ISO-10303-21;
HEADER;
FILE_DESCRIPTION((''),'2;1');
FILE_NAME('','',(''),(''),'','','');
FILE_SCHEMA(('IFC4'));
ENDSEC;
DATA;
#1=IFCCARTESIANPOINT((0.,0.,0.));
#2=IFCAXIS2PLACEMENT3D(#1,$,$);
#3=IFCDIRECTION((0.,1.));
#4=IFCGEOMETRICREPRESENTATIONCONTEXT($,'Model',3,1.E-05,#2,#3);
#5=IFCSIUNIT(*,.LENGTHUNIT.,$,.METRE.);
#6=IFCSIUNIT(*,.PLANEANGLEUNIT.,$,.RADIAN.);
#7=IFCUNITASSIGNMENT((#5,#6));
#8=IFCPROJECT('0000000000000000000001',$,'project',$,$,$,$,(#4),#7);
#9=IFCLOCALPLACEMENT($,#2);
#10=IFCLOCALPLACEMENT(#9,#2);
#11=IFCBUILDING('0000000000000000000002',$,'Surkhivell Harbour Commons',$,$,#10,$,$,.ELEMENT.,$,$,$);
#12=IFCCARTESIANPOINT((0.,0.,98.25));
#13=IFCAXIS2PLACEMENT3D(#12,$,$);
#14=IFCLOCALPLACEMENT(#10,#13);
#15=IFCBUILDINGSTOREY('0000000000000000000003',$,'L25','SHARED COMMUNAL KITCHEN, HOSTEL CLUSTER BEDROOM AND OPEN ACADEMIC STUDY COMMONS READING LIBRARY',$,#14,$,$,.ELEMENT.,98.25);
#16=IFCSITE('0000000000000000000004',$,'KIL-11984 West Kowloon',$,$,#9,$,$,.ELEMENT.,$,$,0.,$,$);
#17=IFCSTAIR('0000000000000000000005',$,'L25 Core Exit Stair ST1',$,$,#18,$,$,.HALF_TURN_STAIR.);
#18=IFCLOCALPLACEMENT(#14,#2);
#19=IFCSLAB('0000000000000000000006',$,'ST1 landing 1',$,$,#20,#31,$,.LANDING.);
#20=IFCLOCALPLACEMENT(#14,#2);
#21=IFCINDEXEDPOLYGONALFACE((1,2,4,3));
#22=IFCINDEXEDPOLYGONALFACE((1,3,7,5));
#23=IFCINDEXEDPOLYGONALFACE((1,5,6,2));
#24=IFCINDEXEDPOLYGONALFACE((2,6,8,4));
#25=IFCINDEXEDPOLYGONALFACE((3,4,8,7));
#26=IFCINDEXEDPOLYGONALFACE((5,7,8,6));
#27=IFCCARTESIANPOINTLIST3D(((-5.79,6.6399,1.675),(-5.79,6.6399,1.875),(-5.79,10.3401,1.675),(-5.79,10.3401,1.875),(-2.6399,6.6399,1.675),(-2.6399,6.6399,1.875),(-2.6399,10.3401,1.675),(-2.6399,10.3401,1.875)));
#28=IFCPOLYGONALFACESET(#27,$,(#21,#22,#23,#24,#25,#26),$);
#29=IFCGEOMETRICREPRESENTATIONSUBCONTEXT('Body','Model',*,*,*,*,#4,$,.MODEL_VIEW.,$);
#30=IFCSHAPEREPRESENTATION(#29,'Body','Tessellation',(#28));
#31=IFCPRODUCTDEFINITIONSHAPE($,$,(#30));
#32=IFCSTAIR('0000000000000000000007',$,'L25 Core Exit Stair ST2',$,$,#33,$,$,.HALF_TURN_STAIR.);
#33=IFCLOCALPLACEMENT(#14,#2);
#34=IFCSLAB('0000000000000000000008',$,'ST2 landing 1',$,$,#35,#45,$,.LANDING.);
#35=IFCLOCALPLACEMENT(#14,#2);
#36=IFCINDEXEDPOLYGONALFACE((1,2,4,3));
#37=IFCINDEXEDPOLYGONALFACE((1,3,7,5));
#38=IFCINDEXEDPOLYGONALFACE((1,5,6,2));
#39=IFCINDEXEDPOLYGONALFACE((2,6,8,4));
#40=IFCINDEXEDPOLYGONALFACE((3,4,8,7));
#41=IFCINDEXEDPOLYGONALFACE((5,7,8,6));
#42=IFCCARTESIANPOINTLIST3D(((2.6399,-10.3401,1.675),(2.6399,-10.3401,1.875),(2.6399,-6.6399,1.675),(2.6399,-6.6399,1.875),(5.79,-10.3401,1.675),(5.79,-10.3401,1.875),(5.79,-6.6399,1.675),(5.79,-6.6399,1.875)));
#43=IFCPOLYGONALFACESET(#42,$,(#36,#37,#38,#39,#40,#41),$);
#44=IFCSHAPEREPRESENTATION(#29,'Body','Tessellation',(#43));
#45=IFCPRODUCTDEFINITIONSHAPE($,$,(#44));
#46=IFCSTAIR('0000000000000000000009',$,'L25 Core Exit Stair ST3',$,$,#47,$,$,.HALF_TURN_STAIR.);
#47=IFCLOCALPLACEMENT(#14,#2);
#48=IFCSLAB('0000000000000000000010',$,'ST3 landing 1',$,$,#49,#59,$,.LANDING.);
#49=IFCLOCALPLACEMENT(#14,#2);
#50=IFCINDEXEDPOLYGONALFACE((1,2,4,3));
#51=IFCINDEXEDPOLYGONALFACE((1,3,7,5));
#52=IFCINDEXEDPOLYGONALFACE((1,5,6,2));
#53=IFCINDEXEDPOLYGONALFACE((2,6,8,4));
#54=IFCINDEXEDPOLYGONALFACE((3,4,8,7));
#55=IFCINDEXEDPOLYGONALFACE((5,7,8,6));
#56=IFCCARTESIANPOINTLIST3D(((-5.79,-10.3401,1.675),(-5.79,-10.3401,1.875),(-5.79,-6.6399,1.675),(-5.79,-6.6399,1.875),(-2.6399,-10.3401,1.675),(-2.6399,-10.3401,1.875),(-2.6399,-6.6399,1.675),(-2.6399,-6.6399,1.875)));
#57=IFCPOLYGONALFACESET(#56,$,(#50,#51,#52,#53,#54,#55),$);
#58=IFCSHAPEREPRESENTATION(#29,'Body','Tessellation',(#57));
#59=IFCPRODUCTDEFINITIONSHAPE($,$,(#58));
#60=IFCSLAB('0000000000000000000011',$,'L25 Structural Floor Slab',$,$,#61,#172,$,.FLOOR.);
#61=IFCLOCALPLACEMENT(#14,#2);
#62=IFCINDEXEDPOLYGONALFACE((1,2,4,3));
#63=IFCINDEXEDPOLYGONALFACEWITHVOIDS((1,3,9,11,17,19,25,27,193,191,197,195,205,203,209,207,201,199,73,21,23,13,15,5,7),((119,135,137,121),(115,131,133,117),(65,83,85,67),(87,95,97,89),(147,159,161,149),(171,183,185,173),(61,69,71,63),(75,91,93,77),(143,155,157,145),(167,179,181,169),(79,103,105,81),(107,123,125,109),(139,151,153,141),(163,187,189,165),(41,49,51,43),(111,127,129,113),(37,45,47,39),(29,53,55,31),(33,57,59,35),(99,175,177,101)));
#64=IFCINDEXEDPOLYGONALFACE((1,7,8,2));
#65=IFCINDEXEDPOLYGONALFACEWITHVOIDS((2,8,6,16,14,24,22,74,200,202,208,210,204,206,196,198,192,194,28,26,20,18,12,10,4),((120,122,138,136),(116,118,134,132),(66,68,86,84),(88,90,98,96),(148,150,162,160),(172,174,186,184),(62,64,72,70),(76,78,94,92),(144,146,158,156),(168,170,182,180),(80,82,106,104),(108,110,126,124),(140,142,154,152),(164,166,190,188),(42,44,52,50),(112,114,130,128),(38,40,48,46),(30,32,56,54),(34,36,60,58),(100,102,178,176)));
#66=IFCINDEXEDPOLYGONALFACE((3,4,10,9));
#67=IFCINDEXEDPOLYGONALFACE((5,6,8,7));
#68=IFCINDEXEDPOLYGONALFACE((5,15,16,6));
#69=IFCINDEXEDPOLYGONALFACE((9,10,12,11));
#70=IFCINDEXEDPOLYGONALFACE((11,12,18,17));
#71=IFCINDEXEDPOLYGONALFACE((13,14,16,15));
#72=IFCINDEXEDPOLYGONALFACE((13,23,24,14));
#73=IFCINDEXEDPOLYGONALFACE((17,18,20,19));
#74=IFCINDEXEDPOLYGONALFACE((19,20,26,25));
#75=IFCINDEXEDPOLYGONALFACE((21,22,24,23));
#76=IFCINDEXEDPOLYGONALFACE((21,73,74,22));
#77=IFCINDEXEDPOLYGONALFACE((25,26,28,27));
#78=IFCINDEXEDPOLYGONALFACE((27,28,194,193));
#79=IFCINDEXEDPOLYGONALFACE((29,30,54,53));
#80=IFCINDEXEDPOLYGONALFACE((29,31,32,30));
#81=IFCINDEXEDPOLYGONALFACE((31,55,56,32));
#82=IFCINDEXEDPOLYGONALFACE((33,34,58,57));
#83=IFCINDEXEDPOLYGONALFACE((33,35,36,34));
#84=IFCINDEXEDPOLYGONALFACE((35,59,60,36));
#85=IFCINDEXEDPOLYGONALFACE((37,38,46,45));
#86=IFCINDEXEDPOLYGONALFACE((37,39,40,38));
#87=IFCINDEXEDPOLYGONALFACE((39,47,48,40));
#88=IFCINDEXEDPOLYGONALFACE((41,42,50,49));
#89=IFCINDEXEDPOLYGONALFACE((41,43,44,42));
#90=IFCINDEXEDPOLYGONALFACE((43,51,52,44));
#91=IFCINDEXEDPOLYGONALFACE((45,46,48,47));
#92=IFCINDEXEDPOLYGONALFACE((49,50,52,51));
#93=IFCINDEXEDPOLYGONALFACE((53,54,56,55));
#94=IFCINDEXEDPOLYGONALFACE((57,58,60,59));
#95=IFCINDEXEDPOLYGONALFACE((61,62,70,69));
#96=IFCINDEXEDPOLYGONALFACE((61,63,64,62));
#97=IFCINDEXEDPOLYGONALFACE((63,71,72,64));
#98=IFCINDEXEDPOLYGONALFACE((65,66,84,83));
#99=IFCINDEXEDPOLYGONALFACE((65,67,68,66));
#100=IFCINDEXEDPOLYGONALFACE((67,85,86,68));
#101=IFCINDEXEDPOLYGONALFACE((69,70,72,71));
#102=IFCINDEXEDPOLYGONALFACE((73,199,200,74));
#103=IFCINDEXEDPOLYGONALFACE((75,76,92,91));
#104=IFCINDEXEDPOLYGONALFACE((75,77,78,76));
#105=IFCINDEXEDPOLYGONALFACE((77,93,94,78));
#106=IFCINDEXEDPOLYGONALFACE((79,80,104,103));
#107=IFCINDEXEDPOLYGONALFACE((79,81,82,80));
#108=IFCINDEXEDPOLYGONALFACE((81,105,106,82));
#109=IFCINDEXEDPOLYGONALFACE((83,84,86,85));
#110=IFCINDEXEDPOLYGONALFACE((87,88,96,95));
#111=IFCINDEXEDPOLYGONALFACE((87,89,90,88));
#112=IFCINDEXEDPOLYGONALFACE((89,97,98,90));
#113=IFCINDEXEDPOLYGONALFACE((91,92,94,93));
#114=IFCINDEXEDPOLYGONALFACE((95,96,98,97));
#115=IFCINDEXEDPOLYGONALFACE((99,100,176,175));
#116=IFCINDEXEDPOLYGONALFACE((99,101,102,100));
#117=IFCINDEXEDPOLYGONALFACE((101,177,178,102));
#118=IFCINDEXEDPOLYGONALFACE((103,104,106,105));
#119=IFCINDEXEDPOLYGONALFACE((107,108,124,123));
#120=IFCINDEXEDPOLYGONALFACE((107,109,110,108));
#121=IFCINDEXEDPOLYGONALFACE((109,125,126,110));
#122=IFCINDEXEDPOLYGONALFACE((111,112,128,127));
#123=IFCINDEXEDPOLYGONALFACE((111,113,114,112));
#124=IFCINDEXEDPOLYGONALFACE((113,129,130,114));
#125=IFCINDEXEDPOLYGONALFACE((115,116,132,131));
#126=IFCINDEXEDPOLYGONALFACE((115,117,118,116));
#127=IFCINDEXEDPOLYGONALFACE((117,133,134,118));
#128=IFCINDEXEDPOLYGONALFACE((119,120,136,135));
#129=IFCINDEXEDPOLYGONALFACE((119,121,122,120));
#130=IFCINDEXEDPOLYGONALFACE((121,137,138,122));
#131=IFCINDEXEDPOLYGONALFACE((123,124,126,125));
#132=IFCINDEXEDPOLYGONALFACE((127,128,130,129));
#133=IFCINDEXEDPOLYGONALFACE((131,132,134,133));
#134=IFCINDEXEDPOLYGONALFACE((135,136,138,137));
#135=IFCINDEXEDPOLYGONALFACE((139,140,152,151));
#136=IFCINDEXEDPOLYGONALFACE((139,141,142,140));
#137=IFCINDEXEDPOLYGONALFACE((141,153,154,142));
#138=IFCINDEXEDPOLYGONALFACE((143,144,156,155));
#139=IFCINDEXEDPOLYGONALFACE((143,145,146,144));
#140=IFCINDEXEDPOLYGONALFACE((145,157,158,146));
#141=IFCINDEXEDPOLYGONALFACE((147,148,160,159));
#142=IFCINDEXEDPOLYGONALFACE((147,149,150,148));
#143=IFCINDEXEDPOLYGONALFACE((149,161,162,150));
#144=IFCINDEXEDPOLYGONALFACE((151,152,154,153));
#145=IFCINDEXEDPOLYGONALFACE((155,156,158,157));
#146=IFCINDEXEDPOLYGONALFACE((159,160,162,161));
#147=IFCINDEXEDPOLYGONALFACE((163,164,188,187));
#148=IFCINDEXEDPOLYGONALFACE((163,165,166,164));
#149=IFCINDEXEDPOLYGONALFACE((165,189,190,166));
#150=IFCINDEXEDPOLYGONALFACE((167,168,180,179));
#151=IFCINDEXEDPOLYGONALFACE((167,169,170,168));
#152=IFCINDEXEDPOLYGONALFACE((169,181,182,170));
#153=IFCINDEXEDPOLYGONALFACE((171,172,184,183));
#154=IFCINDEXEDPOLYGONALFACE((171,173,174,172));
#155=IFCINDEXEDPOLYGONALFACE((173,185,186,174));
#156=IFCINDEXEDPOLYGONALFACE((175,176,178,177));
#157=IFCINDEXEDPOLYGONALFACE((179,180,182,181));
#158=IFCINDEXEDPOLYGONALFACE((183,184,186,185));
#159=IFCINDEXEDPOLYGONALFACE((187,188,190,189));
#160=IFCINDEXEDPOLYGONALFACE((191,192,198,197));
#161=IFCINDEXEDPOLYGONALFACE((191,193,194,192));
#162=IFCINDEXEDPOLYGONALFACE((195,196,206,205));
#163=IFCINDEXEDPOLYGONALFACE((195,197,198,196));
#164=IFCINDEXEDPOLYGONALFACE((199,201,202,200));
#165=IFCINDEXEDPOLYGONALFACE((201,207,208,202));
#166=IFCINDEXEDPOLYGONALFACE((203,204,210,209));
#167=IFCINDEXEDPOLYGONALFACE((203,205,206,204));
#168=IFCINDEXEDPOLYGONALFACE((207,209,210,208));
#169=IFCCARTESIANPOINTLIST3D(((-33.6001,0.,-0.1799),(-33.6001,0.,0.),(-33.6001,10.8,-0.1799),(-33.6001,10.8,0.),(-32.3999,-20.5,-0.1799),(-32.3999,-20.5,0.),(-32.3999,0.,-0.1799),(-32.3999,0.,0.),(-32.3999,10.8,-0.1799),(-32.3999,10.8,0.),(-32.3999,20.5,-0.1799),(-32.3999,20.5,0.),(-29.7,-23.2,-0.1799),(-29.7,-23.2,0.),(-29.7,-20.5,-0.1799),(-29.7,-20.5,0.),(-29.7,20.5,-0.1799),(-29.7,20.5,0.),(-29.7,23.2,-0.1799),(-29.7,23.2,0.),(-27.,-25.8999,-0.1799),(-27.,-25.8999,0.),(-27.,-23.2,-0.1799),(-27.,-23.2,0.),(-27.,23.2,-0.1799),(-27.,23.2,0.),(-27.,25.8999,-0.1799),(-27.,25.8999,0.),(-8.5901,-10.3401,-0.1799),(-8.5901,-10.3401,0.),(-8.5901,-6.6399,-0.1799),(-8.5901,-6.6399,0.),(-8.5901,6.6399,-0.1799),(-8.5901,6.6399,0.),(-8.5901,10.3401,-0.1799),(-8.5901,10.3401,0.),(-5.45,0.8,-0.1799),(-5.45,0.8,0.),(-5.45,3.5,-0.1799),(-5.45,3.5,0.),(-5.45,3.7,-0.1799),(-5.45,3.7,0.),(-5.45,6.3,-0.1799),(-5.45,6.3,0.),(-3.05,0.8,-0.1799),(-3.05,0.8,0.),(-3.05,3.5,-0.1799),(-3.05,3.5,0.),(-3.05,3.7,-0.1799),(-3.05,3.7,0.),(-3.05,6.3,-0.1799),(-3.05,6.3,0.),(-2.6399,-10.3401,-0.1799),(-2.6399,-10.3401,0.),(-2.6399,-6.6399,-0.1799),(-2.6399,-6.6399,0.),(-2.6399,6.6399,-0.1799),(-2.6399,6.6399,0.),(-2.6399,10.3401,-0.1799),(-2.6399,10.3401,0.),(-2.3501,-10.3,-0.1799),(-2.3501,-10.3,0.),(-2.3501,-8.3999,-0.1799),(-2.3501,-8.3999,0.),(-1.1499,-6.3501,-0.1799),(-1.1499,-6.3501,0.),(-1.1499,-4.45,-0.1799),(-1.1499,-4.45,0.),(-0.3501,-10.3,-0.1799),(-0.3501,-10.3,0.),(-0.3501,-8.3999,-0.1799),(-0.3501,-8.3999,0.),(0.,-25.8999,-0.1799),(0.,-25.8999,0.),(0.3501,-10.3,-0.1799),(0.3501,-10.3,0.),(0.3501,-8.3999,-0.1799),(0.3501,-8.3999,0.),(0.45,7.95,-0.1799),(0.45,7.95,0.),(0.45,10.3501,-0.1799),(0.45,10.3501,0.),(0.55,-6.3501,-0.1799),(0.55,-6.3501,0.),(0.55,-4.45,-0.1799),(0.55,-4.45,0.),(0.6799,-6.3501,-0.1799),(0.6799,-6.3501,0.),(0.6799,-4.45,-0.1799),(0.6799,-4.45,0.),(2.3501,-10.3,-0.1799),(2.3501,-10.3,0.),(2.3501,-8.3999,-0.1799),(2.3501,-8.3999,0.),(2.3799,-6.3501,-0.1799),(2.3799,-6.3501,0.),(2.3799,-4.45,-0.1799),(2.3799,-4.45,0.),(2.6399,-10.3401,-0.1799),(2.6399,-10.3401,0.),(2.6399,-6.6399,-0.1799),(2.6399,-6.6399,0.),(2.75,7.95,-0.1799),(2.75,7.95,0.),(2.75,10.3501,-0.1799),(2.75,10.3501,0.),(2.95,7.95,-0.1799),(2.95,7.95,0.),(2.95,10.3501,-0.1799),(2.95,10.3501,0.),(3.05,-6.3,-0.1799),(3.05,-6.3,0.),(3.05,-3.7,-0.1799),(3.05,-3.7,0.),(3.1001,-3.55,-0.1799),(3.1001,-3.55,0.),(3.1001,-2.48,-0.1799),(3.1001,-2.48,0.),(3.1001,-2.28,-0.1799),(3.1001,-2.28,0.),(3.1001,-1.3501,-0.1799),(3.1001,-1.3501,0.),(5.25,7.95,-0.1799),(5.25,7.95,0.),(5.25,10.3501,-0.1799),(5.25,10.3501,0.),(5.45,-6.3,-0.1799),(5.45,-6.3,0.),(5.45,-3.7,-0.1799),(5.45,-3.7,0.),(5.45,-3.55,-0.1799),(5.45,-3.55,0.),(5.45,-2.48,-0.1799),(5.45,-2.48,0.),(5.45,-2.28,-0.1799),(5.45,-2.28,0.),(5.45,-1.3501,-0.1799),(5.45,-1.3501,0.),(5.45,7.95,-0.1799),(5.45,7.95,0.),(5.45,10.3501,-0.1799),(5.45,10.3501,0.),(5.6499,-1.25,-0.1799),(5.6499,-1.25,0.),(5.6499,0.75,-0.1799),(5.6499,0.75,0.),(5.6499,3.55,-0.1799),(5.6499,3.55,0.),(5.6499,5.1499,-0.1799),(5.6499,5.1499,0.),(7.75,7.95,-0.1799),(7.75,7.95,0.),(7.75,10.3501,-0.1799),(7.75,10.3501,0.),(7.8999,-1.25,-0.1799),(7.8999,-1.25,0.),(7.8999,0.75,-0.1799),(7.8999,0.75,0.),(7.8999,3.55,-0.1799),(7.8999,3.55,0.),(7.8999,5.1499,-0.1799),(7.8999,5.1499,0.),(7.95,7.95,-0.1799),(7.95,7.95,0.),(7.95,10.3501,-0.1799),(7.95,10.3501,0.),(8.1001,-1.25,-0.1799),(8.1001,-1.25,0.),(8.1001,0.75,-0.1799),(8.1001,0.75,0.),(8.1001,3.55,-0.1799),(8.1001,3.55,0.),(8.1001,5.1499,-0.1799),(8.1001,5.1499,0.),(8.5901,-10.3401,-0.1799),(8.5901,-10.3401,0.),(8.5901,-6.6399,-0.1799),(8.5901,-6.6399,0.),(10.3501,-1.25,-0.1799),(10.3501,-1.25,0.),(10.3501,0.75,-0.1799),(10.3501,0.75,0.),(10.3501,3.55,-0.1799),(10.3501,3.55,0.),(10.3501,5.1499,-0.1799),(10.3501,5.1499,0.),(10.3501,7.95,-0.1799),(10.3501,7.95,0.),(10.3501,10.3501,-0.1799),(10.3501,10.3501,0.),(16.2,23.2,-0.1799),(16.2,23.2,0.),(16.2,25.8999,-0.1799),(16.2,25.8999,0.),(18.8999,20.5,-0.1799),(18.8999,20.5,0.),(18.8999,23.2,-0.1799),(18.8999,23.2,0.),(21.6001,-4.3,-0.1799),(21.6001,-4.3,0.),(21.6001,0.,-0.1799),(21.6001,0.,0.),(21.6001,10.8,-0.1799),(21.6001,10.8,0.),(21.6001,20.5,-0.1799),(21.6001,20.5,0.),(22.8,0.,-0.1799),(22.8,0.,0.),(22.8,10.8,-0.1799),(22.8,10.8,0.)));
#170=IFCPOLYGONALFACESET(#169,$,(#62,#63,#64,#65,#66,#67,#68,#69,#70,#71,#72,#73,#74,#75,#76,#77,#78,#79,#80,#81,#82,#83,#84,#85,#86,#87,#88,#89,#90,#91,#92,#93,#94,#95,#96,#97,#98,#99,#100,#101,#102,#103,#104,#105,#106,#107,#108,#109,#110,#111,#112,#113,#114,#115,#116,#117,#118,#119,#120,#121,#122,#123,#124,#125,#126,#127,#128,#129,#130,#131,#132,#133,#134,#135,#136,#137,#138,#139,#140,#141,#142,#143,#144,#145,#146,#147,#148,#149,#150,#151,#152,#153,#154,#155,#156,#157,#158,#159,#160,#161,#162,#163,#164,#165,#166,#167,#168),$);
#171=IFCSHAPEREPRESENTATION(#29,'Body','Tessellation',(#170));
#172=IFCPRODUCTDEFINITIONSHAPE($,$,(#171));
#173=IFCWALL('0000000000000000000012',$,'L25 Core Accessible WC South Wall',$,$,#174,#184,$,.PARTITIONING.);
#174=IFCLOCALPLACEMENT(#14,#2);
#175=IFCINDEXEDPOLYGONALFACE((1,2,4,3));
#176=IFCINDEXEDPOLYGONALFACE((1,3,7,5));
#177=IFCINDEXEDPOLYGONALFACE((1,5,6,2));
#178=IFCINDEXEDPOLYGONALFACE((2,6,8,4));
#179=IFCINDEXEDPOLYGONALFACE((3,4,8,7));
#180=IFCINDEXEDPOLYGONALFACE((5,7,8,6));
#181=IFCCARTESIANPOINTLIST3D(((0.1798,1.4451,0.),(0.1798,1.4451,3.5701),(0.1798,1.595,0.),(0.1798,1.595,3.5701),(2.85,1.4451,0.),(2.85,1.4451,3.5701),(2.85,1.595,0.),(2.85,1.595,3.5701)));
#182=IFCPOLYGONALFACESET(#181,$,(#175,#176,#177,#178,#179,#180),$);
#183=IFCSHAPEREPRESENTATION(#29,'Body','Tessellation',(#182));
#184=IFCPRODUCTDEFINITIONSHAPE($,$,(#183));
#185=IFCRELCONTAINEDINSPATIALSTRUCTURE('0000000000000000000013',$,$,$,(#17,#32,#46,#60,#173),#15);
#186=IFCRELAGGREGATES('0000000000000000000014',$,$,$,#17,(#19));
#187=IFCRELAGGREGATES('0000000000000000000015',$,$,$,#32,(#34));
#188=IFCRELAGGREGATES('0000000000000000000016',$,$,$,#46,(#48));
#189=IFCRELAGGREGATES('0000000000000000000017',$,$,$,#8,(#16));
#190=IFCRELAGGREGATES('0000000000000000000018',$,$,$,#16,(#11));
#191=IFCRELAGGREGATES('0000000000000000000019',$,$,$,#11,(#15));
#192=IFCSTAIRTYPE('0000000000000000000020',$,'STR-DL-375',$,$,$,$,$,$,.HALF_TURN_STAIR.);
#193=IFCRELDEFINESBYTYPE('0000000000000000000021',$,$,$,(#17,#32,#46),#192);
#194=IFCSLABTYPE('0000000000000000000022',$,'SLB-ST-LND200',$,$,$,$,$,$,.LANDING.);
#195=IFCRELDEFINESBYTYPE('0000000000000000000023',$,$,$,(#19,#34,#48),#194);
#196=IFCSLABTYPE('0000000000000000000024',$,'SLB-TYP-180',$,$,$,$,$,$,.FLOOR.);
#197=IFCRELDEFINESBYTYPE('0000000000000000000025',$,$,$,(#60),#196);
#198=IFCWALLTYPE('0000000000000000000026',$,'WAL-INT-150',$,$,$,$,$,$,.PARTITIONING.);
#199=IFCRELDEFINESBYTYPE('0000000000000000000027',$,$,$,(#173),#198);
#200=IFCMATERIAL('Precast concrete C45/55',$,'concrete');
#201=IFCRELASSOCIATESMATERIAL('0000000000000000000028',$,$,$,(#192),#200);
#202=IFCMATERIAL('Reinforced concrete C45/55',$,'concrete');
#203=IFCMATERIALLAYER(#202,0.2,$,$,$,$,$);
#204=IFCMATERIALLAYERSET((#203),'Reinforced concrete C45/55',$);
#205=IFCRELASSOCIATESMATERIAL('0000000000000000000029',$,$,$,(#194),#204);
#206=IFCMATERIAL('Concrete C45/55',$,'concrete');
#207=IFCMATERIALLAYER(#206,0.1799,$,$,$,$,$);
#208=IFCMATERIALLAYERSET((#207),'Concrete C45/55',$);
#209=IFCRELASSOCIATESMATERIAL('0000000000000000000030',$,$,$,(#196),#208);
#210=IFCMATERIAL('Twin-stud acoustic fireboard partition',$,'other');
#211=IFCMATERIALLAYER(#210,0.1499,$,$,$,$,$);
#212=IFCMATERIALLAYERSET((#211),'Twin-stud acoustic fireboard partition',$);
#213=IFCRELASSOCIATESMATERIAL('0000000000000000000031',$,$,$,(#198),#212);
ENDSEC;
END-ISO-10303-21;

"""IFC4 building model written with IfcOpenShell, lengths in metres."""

from ifc_helpers import new_model, si_unit, direction, frame, frame_2d, origin, place, context, subcontext, project, spatial, polyline, rectangle, outline, extrude, material, layer, layer_set, type_object, element, aggregate, save


model = new_model("IFC4")

# Units and contexts
model_context = context("Model", 3, precision=1e-05, world=origin(), true_north=direction((0.0, 1.0)))
body_context = subcontext(model_context, "Body", "Model", "MODEL_VIEW")
ifc_project = project(units=[si_unit("LENGTHUNIT", "METRE"), si_unit("PLANEANGLEUNIT", "RADIAN")], contexts=[model_context])

# Site, building, storey
site_placement = place(None, origin())
site = spatial("IfcSite", under=ifc_project, at=site_placement, Name="KIL-11984 West Kowloon", CompositionType="ELEMENT", RefElevation=0.0)
building_placement = place(site_placement, origin())
building = spatial("IfcBuilding", under=site, at=building_placement, Name="Surkhivell Harbour Commons", CompositionType="ELEMENT")
storey_placement = place(building_placement, frame((0.0, 0.0, 98.25)))
storey = spatial("IfcBuildingStorey", under=building, at=storey_placement, Name="L25", Description="SHARED COMMUNAL KITCHEN, HOSTEL CLUSTER BEDROOM AND OPEN ACADEMIC STUDY COMMONS READING LIBRARY", CompositionType="ELEMENT", Elevation=98.25)

# Stairs, slabs
ifc_material_1 = material(Name="Precast concrete C45/55", Category="concrete")
stair_type = type_object("IfcStairType", Name="STR-DL-375", PredefinedType="HALF_TURN_STAIR", material=ifc_material_1)
stair_1_placement = place(storey_placement, origin())
stair_1 = element("IfcStair", 1, at=stair_1_placement, inside=storey, type_object=stair_type, Name="L25 Core Exit Stair ST1", PredefinedType="HALF_TURN_STAIR")
ifc_material_2 = material(Name="Reinforced concrete C45/55", Category="concrete")
ifc_layer_1 = layer(ifc_material_2, 0.2)
ifc_layer_set_1 = layer_set([ifc_layer_1], Name="Reinforced concrete C45/55")
slab_type_1 = type_object("IfcSlabType", Name="SLB-ST-LND200", PredefinedType="LANDING", material=ifc_layer_set_1)
slab_1_placement = place(storey_placement, frame((0.0, 0.0, 1.675)))
slab_1 = element("IfcSlab", 2, at=slab_1_placement, type_object=slab_type_1, Name="ST1 landing 1", PredefinedType="LANDING", context=body_context, shape_type="SweptSolid", body=[
    extrude(outline(polyline([(-5.79, 6.6399), (-2.6399, 6.6399), (-2.6399, 10.3401), (-5.79, 10.3401), (-5.79, 6.6399)])), origin(), (0.0, 0.0, 1.0), 0.2),
])
aggregate(stair_1, [slab_1])
stair_2_placement = place(storey_placement, origin())
stair_2 = element("IfcStair", 3, at=stair_2_placement, inside=storey, type_object=stair_type, Name="L25 Core Exit Stair ST2", PredefinedType="HALF_TURN_STAIR")
slab_2_placement = place(storey_placement, frame((0.0, 0.0, 1.675)))
slab_2 = element("IfcSlab", 4, at=slab_2_placement, type_object=slab_type_1, Name="ST2 landing 1", PredefinedType="LANDING", context=body_context, shape_type="SweptSolid", body=[
    extrude(outline(polyline([(5.79, -6.6399), (2.6399, -6.6399), (2.6399, -10.3401), (5.79, -10.3401), (5.79, -6.6399)])), origin(), (0.0, 0.0, 1.0), 0.2),
])
aggregate(stair_2, [slab_2])
stair_3_placement = place(storey_placement, origin())
stair_3 = element("IfcStair", 5, at=stair_3_placement, inside=storey, type_object=stair_type, Name="L25 Core Exit Stair ST3", PredefinedType="HALF_TURN_STAIR")
slab_3_placement = place(storey_placement, frame((0.0, 0.0, 1.675)))
slab_3 = element("IfcSlab", 6, at=slab_3_placement, type_object=slab_type_1, Name="ST3 landing 1", PredefinedType="LANDING", context=body_context, shape_type="SweptSolid", body=[
    extrude(outline(polyline([(-5.79, -10.3401), (-2.6399, -10.3401), (-2.6399, -6.6399), (-5.79, -6.6399), (-5.79, -10.3401)])), origin(), (0.0, 0.0, 1.0), 0.2),
])
aggregate(stair_3, [slab_3])

# Slab
ifc_material_3 = material(Name="Concrete C45/55", Category="concrete")
ifc_layer_2 = layer(ifc_material_3, 0.1799)
ifc_layer_set_2 = layer_set([ifc_layer_2], Name="Concrete C45/55")
slab_type_2 = type_object("IfcSlabType", Name="SLB-TYP-180", PredefinedType="FLOOR", material=ifc_layer_set_2)
slab_4_placement = place(storey_placement, frame((0.0, 0.0, -0.1799)))
element("IfcSlab", 7, at=slab_4_placement, inside=storey, type_object=slab_type_2, Name="L25 Structural Floor Slab", PredefinedType="FLOOR", context=body_context, shape_type="SweptSolid", body=[
    extrude(outline(polyline([(-32.3999, 20.5), (-32.3999, 10.8), (-33.6001, 10.8), (-33.6001, 0.0), (-32.3999, 0.0), (-32.3999, -20.5), (-29.7, -20.5), (-29.7, -23.2), (-27.0, -23.2), (-27.0, -25.8999), (0.0, -25.8999), (21.6001, -4.3), (21.6001, 0.0), (22.8, 0.0), (22.8, 10.8), (21.6001, 10.8), (21.6001, 20.5), (18.8999, 20.5), (18.8999, 23.2), (16.2, 23.2), (16.2, 25.8999), (-27.0, 25.8999), (-27.0, 23.2), (-29.7, 23.2), (-29.7, 20.5), (-32.3999, 20.5)]), holes=[polyline([(-8.5901, 6.6399), (-2.6399, 6.6399), (-2.6399, 10.3401), (-8.5901, 10.3401), (-8.5901, 6.6399)]), polyline([(8.5901, -6.6399), (2.6399, -6.6399), (2.6399, -10.3401), (8.5901, -10.3401), (8.5901, -6.6399)]), polyline([(-8.5901, -10.3401), (-2.6399, -10.3401), (-2.6399, -6.6399), (-8.5901, -6.6399), (-8.5901, -10.3401)]), polyline([(0.45, 7.95), (2.75, 7.95), (2.75, 10.3501), (0.45, 10.3501), (0.45, 7.95)]), polyline([(2.95, 7.95), (5.25, 7.95), (5.25, 10.3501), (2.95, 10.3501), (2.95, 7.95)]), polyline([(5.45, 7.95), (7.75, 7.95), (7.75, 10.3501), (5.45, 10.3501), (5.45, 7.95)]), polyline([(7.95, 7.95), (10.3501, 7.95), (10.3501, 10.3501), (7.95, 10.3501), (7.95, 7.95)]), polyline([(5.6499, 3.55), (7.8999, 3.55), (7.8999, 5.1499), (5.6499, 5.1499), (5.6499, 3.55)]), polyline([(8.1001, 3.55), (10.3501, 3.55), (10.3501, 5.1499), (8.1001, 5.1499), (8.1001, 3.55)]), polyline([(5.6499, -1.25), (7.8999, -1.25), (7.8999, 0.75), (5.6499, 0.75), (5.6499, -1.25)]), polyline([(8.1001, -1.25), (10.3501, -1.25), (10.3501, 0.75), (8.1001, 0.75), (8.1001, -1.25)]), polyline([(-1.1499, -6.3501), (0.55, -6.3501), (0.55, -4.45), (-1.1499, -4.45), (-1.1499, -6.3501)]), polyline([(0.6799, -6.3501), (2.3799, -6.3501), (2.3799, -4.45), (0.6799, -4.45), (0.6799, -6.3501)]), polyline([(-2.3501, -10.3), (-0.3501, -10.3), (-0.3501, -8.3999), (-2.3501, -8.3999), (-2.3501, -10.3)]), polyline([(0.3501, -10.3), (2.3501, -10.3), (2.3501, -8.3999), (0.3501, -8.3999), (0.3501, -10.3)]), polyline([(-5.45, 3.7), (-3.05, 3.7), (-3.05, 6.3), (-5.45, 6.3), (-5.45, 3.7)]), polyline([(3.05, -6.3), (5.45, -6.3), (5.45, -3.7), (3.05, -3.7), (3.05, -6.3)]), polyline([(-5.45, 0.8), (-3.05, 0.8), (-3.05, 3.5), (-5.45, 3.5), (-5.45, 0.8)]), polyline([(3.1001, -3.55), (5.45, -3.55), (5.45, -2.48), (3.1001, -2.48), (3.1001, -3.55)]), polyline([(3.1001, -2.28), (5.45, -2.28), (5.45, -1.3501), (3.1001, -1.3501), (3.1001, -2.28)])]), origin(), (0.0, 0.0, 1.0), 0.1799),
])

# Wall
ifc_material_4 = material(Name="Twin-stud acoustic fireboard partition", Category="other")
ifc_layer_3 = layer(ifc_material_4, 0.1499)
ifc_layer_set_3 = layer_set([ifc_layer_3], Name="Twin-stud acoustic fireboard partition")
wall_type_1 = type_object("IfcWallType", Name="WAL-INT-150", PredefinedType="PARTITIONING", material=ifc_layer_set_3)
wall_1_placement = place(storey_placement, frame((0.1799, 1.52, 0.0), z_axis=(0.0, 0.0, 1.0), x_axis=(1.0, 0.0, 0.0)))
element("IfcWall", 8, at=wall_1_placement, inside=storey, type_object=wall_type_1, Name="L25 Core Accessible WC South Wall", PredefinedType="PARTITIONING", context=body_context, shape_type="SweptSolid", body=[
    extrude(rectangle(XDim=2.6702, YDim=0.1499, at=frame_2d((1.335, 0.0))), origin(), (0.0, 0.0, 1.0), 3.5701),
])

save(model, "model.ifc")
